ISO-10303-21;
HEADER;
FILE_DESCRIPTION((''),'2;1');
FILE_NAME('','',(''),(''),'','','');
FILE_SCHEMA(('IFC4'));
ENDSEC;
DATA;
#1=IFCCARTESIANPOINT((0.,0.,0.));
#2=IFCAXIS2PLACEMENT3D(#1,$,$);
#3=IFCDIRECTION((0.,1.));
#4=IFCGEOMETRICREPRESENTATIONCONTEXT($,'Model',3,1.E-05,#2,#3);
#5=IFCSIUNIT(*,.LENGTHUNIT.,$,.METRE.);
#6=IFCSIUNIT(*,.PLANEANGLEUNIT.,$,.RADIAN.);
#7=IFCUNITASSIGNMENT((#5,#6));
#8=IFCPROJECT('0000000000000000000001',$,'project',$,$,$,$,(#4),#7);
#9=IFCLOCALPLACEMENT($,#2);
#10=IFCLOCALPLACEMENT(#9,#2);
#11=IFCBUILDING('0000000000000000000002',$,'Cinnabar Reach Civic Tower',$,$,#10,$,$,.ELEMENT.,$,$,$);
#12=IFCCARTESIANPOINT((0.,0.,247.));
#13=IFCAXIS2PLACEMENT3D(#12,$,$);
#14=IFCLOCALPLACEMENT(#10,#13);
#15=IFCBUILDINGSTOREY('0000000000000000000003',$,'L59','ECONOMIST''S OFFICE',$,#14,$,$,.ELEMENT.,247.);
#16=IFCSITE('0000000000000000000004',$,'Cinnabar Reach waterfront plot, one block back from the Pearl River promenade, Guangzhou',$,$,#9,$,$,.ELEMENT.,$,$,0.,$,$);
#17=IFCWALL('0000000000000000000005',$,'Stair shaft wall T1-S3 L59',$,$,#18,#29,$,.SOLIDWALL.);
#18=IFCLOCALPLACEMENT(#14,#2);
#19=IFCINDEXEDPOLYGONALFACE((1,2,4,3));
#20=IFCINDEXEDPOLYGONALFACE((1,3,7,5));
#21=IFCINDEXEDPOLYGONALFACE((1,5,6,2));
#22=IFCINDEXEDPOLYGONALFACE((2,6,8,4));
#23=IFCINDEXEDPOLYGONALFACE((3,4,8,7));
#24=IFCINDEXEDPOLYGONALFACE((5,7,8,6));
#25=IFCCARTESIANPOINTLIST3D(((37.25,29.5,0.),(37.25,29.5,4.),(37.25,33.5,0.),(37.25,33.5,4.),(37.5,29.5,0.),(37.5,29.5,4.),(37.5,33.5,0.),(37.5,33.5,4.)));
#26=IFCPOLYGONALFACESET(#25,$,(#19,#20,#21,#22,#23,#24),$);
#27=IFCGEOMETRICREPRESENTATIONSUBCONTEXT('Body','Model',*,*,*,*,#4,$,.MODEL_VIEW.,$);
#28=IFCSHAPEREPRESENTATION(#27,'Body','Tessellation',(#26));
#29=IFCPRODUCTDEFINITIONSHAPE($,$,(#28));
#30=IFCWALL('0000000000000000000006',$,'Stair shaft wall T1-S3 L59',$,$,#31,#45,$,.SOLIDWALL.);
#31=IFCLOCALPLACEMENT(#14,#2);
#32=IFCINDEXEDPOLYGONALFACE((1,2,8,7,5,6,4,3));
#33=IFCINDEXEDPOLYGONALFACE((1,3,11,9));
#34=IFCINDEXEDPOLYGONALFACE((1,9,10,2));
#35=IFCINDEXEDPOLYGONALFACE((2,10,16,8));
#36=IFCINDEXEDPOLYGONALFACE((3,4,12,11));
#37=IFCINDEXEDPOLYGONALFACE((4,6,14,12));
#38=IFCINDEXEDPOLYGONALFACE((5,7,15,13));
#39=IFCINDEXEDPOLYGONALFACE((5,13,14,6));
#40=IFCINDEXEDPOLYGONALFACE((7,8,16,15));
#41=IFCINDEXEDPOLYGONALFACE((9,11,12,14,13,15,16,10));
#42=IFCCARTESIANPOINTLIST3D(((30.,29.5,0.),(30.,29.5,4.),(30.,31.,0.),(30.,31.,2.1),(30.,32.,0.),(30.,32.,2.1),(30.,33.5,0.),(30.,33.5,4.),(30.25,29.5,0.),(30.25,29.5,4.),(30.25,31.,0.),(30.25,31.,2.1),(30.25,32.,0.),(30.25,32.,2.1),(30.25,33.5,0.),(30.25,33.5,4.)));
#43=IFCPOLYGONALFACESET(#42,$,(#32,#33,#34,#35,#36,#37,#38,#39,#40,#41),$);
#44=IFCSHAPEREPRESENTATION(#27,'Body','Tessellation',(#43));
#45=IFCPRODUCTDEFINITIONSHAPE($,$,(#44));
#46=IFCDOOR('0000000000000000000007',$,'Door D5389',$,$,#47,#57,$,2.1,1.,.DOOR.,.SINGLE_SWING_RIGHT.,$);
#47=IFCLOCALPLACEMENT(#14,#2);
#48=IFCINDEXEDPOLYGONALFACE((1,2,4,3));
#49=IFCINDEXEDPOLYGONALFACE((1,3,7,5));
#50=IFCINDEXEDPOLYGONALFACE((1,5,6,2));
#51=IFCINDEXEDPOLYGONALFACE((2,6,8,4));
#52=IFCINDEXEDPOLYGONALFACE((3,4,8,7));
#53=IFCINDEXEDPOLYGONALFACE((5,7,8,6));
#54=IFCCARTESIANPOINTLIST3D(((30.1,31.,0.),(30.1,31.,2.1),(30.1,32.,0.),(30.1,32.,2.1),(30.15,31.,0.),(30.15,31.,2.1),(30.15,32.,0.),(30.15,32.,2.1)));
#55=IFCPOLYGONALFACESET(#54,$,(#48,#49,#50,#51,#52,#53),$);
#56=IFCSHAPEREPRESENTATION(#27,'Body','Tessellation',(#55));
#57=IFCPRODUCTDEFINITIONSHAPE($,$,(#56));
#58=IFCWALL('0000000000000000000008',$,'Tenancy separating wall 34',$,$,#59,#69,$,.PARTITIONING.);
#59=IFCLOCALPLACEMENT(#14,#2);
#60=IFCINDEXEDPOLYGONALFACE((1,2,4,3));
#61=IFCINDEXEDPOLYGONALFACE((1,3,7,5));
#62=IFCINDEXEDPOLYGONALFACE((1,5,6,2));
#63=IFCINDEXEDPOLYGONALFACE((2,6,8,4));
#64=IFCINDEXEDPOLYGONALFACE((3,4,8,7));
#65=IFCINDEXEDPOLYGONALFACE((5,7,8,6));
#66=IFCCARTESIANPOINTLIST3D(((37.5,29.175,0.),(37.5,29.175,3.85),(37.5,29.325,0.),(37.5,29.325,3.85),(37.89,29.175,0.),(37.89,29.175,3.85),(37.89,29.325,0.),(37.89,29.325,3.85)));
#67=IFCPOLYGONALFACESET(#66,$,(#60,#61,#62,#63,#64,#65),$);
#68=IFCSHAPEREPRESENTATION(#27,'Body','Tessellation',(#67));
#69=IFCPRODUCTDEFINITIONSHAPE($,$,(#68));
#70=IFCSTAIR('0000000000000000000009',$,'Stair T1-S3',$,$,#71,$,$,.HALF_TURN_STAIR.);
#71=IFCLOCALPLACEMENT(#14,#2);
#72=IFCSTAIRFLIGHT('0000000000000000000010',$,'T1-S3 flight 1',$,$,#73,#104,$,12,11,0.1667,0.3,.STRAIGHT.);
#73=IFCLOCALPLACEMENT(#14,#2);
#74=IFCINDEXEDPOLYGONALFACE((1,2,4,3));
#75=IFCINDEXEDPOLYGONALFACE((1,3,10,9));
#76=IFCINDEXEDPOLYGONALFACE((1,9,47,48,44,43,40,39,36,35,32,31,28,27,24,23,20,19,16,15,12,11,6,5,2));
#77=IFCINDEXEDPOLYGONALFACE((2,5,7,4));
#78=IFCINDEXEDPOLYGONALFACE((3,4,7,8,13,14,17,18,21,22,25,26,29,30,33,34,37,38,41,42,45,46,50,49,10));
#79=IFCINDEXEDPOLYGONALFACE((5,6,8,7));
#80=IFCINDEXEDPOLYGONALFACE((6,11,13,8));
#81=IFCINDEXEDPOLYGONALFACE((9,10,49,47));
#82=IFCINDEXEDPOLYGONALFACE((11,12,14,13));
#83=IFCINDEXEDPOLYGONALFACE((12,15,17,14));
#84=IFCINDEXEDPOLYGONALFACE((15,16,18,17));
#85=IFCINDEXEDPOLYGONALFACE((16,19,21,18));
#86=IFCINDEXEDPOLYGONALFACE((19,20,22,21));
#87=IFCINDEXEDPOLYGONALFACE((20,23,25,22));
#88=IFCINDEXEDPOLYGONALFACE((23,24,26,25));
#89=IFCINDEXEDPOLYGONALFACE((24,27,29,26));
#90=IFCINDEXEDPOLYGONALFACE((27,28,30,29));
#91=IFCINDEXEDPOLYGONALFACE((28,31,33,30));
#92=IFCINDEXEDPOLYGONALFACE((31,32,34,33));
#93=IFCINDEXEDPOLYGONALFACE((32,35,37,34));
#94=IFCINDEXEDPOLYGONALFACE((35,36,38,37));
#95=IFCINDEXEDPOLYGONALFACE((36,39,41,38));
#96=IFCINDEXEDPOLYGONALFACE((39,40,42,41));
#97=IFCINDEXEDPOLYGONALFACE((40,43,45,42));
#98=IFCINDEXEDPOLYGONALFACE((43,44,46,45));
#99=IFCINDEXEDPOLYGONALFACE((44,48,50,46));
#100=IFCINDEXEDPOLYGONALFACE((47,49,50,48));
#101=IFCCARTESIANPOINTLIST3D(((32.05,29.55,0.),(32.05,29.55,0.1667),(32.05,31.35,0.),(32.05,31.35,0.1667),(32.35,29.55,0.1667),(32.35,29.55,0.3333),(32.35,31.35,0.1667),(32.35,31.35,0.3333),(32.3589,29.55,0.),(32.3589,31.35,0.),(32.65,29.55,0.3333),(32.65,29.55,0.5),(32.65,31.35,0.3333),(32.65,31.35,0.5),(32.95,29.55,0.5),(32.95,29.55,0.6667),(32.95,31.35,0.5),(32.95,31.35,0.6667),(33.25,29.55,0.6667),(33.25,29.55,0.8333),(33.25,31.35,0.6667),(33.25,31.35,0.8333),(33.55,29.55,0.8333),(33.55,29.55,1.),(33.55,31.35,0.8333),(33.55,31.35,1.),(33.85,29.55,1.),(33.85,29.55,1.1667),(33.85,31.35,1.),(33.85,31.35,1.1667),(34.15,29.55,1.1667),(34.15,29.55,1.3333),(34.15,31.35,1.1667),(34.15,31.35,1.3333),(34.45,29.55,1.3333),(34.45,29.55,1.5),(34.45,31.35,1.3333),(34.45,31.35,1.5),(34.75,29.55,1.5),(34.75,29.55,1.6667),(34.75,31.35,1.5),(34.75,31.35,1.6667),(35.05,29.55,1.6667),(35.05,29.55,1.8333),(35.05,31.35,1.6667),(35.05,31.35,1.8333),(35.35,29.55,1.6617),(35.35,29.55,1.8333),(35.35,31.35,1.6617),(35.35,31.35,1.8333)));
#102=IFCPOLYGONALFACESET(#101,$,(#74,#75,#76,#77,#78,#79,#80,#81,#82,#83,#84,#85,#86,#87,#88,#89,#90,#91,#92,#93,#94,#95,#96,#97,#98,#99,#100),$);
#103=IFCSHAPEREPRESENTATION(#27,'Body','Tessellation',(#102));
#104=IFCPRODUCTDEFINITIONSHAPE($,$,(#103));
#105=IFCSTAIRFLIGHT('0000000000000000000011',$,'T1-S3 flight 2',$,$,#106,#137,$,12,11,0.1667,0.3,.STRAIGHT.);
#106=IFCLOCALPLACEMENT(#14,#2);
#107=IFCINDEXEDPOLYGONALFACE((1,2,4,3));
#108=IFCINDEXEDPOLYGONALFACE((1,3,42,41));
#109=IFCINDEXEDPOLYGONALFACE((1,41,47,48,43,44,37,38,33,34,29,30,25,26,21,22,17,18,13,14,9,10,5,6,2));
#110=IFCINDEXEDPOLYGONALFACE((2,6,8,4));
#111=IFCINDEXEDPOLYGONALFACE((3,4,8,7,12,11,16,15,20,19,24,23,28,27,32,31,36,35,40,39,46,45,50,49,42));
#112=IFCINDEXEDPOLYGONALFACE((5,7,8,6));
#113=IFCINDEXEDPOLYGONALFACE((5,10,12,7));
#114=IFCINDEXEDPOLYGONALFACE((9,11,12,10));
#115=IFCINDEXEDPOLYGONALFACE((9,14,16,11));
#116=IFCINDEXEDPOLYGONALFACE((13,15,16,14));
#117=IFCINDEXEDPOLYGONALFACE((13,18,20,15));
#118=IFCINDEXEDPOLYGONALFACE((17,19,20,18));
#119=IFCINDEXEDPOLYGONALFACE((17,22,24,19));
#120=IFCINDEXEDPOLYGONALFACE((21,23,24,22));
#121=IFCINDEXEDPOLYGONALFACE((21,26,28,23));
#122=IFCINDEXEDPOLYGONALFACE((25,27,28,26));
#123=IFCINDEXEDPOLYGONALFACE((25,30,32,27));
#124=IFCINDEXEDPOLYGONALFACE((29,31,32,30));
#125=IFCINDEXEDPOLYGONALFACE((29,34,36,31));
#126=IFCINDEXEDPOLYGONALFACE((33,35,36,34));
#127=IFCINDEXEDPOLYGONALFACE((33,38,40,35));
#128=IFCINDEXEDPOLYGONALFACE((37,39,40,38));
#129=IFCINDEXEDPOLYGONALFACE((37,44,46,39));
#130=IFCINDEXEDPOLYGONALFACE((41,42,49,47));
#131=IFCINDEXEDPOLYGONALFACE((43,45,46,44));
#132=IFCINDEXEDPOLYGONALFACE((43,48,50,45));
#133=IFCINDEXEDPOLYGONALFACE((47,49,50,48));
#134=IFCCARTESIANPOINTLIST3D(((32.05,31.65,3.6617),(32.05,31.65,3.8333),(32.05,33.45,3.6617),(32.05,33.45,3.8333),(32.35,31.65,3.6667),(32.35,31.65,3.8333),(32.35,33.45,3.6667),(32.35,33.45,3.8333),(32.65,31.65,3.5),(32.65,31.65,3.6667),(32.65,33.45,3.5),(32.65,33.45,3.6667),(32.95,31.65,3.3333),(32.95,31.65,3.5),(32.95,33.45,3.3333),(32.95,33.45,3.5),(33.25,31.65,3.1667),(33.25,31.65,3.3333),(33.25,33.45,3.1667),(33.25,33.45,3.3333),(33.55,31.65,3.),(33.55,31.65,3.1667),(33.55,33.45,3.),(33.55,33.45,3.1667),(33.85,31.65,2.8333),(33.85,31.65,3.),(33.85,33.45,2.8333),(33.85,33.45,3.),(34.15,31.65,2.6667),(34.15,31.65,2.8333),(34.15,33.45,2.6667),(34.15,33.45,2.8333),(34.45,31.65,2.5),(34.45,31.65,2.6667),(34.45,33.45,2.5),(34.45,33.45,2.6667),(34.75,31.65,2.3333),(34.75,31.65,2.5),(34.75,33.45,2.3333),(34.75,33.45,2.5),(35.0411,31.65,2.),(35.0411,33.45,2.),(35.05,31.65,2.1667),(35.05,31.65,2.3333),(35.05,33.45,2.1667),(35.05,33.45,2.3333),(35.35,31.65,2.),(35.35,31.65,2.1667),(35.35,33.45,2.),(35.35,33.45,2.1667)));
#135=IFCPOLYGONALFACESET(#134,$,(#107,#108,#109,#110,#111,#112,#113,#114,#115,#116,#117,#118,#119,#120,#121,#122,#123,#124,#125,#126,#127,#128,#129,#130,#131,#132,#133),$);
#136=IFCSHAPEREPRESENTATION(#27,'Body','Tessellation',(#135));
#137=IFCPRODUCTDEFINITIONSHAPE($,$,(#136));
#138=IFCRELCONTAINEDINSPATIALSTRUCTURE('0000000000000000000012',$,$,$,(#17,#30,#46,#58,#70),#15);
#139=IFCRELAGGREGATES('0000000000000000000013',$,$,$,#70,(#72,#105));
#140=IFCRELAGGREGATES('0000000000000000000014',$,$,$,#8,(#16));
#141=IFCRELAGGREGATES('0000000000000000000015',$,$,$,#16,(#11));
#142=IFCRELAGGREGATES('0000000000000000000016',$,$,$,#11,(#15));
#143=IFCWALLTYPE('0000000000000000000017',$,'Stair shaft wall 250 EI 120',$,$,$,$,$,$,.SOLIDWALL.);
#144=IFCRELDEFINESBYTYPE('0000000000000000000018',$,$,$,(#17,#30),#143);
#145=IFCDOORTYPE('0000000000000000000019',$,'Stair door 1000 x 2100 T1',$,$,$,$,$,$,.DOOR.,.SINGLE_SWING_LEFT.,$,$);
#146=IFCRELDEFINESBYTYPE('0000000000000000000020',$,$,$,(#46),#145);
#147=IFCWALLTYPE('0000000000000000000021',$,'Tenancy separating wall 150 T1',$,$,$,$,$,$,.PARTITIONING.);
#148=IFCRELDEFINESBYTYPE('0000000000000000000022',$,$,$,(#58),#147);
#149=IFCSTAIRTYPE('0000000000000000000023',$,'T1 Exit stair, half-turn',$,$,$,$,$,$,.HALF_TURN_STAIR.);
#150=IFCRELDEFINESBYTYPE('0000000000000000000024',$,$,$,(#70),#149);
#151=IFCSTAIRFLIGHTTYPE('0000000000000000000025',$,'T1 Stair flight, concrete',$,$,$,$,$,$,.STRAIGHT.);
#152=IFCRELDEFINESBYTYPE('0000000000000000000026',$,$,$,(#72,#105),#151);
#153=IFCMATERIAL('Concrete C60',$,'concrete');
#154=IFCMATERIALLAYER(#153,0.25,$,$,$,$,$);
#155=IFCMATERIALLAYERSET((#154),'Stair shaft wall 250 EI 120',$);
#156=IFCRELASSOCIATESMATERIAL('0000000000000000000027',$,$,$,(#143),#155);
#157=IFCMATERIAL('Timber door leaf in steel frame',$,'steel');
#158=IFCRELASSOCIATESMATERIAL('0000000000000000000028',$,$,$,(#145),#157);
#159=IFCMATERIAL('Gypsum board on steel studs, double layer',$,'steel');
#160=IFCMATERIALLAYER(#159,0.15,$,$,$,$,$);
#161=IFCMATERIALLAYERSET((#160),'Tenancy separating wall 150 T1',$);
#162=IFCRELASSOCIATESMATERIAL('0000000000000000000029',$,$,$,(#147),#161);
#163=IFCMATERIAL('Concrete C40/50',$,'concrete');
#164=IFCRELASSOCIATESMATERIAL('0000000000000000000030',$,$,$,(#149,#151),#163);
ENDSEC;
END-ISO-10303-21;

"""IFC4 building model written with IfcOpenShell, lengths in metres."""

from ifc_helpers import new_model, si_unit, direction, frame, frame_2d, origin, place, context, subcontext, project, spatial, polyline, rectangle, outline, extrude, material, layer, layer_set, type_object, element, fill, aggregate, save


model = new_model("IFC4")

# Units and contexts
model_context = context("Model", 3, precision=1e-05, world=origin(), true_north=direction((0.0, 1.0)))
body_context = subcontext(model_context, "Body", "Model", "MODEL_VIEW")
ifc_project = project(units=[si_unit("LENGTHUNIT", "METRE"), si_unit("PLANEANGLEUNIT", "RADIAN")], contexts=[model_context])

# Site, building, storey
site_placement = place(None, origin())
site = spatial("IfcSite", under=ifc_project, at=site_placement, Name="Cinnabar Reach waterfront plot, one block back from the Pearl River promenade, Guangzhou", CompositionType="ELEMENT", RefElevation=0.0)
building_placement = place(site_placement, origin())
building = spatial("IfcBuilding", under=site, at=building_placement, Name="Cinnabar Reach Civic Tower", CompositionType="ELEMENT")
storey_placement = place(building_placement, frame((0.0, 0.0, 247.0)))
storey = spatial("IfcBuildingStorey", under=building, at=storey_placement, Name="L59", Description="ECONOMIST'S OFFICE", CompositionType="ELEMENT", Elevation=247.0)

# Shared definitions
ifc_material_1 = material(Name="Concrete C60", Category="concrete")

# Wall
ifc_layer_1 = layer(ifc_material_1, 0.25)
ifc_layer_set_1 = layer_set([ifc_layer_1], Name="Stair shaft wall 250 EI 120")
wall_type_1 = type_object("IfcWallType", Name="Stair shaft wall 250 EI 120", PredefinedType="SOLIDWALL", material=ifc_layer_set_1)
wall_1_placement = place(storey_placement, frame((37.375, 29.5, 0.0), z_axis=(0.0, 0.0, 1.0), x_axis=(0.0, 1.0, 0.0)))
element("IfcWall", 1, at=wall_1_placement, inside=storey, type_object=wall_type_1, Name="Stair shaft wall T1-S3 L59", PredefinedType="SOLIDWALL", context=body_context, shape_type="SweptSolid", body=[
    extrude(rectangle(XDim=4.0, YDim=0.25, at=frame_2d((2.0, 0.0))), origin(), (0.0, 0.0, 1.0), 4.0),
])

# Wall, opening, door
wall_2_placement = place(storey_placement, frame((30.125, 33.5, 0.0), z_axis=(0.0, 0.0, 1.0), x_axis=(0.0, -1.0, 0.0)))
wall_2 = element("IfcWall", 2, at=wall_2_placement, inside=storey, type_object=wall_type_1, Name="Stair shaft wall T1-S3 L59", PredefinedType="SOLIDWALL", context=body_context, shape_type="SweptSolid", body=[
    extrude(rectangle(XDim=4.0, YDim=0.25, at=frame_2d((2.0, 0.0))), origin(), (0.0, 0.0, 1.0), 4.0),
])
opening_1_placement = place(wall_2_placement, frame((1.5, 0.0, 0.0)))
opening_1 = element("IfcOpeningElement", 3, at=opening_1_placement, cuts=wall_2, PredefinedType="OPENING", context=body_context, shape_type="SweptSolid", body=[
    extrude(rectangle(XDim=1.0, YDim=2.1, at=frame_2d((0.5, 1.05))), frame((0.0, 0.135, 0.0), z_axis=(0.0, -1.0, 0.0), x_axis=(1.0, 0.0, 0.0)), (0.0, 0.0, 1.0), 0.27),
])
ifc_material_2 = material(Name="Timber door leaf in steel frame", Category="steel")
door_type_1 = type_object("IfcDoorType", Name="Stair door 1000 x 2100 T1", OperationType="SINGLE_SWING_LEFT", PredefinedType="DOOR", material=ifc_material_2)
door_1_placement = place(opening_1_placement, origin())
door_1 = element("IfcDoor", 4, at=door_1_placement, inside=storey, type_object=door_type_1, Name="Door D5389", OperationType="SINGLE_SWING_RIGHT", OverallHeight=2.1, OverallWidth=1.0, PredefinedType="DOOR", context=body_context, shape_type="SweptSolid", body=[
    extrude(rectangle(XDim=1.0, YDim=2.1, at=frame_2d((0.5, 1.05))), frame((0.0, 0.025, 0.0), z_axis=(0.0, -1.0, 0.0), x_axis=(1.0, 0.0, 0.0)), (0.0, 0.0, 1.0), 0.05),
])
fill(opening_1, door_1)

# Wall
ifc_material_3 = material(Name="Gypsum board on steel studs, double layer", Category="steel")
ifc_layer_2 = layer(ifc_material_3, 0.15)
ifc_layer_set_2 = layer_set([ifc_layer_2], Name="Tenancy separating wall 150 T1")
wall_type_2 = type_object("IfcWallType", Name="Tenancy separating wall 150 T1", PredefinedType="PARTITIONING", material=ifc_layer_set_2)
wall_3_placement = place(storey_placement, frame((37.5, 29.25, 0.0), z_axis=(0.0, 0.0, 1.0), x_axis=(1.0, 0.0, 0.0)))
element("IfcWall", 5, at=wall_3_placement, inside=storey, type_object=wall_type_2, Name="Tenancy separating wall 34", PredefinedType="PARTITIONING", context=body_context, shape_type="SweptSolid", body=[
    extrude(rectangle(XDim=0.39, YDim=0.15, at=frame_2d((0.195, 0.0))), origin(), (0.0, 0.0, 1.0), 3.85),
])

# Stair, stair flights
ifc_material_4 = material(Name="Concrete C40/50", Category="concrete")
stair_type = type_object("IfcStairType", Name="T1 Exit stair, half-turn", PredefinedType="HALF_TURN_STAIR", material=ifc_material_4)
stair_placement = place(storey_placement, origin())
stair = element("IfcStair", 6, at=stair_placement, inside=storey, type_object=stair_type, Name="Stair T1-S3", PredefinedType="HALF_TURN_STAIR")
stair_flight_type = type_object("IfcStairFlightType", Name="T1 Stair flight, concrete", PredefinedType="STRAIGHT", material=ifc_material_4)
stair_flight_1_placement = place(storey_placement, frame((32.05, 30.45, 0.0), z_axis=(0.0, 0.0, 1.0), x_axis=(1.0, 0.0, 0.0)))
stair_flight_1 = element("IfcStairFlight", 7, at=stair_flight_1_placement, type_object=stair_flight_type, Name="T1-S3 flight 1", NumberOfRisers=12, NumberOfTreads=11, PredefinedType="STRAIGHT", RiserHeight=0.1667, TreadLength=0.3, context=body_context, shape_type="SweptSolid", body=[
    extrude(outline(polyline([(0.0, 0.0), (0.0, 0.1667), (0.3, 0.1667), (0.3, 0.3333), (0.6, 0.3333), (0.6, 0.5), (0.9, 0.5), (0.9, 0.6667), (1.2, 0.6667), (1.2, 0.8333), (1.5, 0.8333), (1.5, 1.0), (1.8, 1.0), (1.8, 1.1667), (2.1, 1.1667), (2.1, 1.3333), (2.4, 1.3333), (2.4, 1.5), (2.7, 1.5), (2.7, 1.6667), (3.0, 1.6667), (3.0, 1.8333), (3.3, 1.8333), (3.3, 2.0), (3.3, 1.6617), (0.3089, 0.0), (0.0, 0.0)])), frame((0.0, 0.9, 0.0), z_axis=(0.0, -1.0, 0.0), x_axis=(1.0, 0.0, 0.0)), (0.0, 0.0, 1.0), 1.8),
])
stair_flight_2_placement = place(storey_placement, frame((35.35, 32.55, 2.0), z_axis=(0.0, 0.0, 1.0), x_axis=(-1.0, 0.0, 0.0)))
stair_flight_2 = element("IfcStairFlight", 8, at=stair_flight_2_placement, type_object=stair_flight_type, Name="T1-S3 flight 2", NumberOfRisers=12, NumberOfTreads=11, PredefinedType="STRAIGHT", RiserHeight=0.1667, TreadLength=0.3, context=body_context, shape_type="SweptSolid", body=[
    extrude(outline(polyline([(0.0, 0.0), (0.0, 0.1667), (0.3, 0.1667), (0.3, 0.3333), (0.6, 0.3333), (0.6, 0.5), (0.9, 0.5), (0.9, 0.6667), (1.2, 0.6667), (1.2, 0.8333), (1.5, 0.8333), (1.5, 1.0), (1.8, 1.0), (1.8, 1.1667), (2.1, 1.1667), (2.1, 1.3333), (2.4, 1.3333), (2.4, 1.5), (2.7, 1.5), (2.7, 1.6667), (3.0, 1.6667), (3.0, 1.8333), (3.3, 1.8333), (3.3, 2.0), (3.3, 1.6617), (0.3089, 0.0), (0.0, 0.0)])), frame((0.0, 0.9, 0.0), z_axis=(0.0, -1.0, 0.0), x_axis=(1.0, 0.0, 0.0)), (0.0, 0.0, 1.0), 1.8),
])
aggregate(stair, [stair_flight_1, stair_flight_2])

save(model, "model.ifc")
